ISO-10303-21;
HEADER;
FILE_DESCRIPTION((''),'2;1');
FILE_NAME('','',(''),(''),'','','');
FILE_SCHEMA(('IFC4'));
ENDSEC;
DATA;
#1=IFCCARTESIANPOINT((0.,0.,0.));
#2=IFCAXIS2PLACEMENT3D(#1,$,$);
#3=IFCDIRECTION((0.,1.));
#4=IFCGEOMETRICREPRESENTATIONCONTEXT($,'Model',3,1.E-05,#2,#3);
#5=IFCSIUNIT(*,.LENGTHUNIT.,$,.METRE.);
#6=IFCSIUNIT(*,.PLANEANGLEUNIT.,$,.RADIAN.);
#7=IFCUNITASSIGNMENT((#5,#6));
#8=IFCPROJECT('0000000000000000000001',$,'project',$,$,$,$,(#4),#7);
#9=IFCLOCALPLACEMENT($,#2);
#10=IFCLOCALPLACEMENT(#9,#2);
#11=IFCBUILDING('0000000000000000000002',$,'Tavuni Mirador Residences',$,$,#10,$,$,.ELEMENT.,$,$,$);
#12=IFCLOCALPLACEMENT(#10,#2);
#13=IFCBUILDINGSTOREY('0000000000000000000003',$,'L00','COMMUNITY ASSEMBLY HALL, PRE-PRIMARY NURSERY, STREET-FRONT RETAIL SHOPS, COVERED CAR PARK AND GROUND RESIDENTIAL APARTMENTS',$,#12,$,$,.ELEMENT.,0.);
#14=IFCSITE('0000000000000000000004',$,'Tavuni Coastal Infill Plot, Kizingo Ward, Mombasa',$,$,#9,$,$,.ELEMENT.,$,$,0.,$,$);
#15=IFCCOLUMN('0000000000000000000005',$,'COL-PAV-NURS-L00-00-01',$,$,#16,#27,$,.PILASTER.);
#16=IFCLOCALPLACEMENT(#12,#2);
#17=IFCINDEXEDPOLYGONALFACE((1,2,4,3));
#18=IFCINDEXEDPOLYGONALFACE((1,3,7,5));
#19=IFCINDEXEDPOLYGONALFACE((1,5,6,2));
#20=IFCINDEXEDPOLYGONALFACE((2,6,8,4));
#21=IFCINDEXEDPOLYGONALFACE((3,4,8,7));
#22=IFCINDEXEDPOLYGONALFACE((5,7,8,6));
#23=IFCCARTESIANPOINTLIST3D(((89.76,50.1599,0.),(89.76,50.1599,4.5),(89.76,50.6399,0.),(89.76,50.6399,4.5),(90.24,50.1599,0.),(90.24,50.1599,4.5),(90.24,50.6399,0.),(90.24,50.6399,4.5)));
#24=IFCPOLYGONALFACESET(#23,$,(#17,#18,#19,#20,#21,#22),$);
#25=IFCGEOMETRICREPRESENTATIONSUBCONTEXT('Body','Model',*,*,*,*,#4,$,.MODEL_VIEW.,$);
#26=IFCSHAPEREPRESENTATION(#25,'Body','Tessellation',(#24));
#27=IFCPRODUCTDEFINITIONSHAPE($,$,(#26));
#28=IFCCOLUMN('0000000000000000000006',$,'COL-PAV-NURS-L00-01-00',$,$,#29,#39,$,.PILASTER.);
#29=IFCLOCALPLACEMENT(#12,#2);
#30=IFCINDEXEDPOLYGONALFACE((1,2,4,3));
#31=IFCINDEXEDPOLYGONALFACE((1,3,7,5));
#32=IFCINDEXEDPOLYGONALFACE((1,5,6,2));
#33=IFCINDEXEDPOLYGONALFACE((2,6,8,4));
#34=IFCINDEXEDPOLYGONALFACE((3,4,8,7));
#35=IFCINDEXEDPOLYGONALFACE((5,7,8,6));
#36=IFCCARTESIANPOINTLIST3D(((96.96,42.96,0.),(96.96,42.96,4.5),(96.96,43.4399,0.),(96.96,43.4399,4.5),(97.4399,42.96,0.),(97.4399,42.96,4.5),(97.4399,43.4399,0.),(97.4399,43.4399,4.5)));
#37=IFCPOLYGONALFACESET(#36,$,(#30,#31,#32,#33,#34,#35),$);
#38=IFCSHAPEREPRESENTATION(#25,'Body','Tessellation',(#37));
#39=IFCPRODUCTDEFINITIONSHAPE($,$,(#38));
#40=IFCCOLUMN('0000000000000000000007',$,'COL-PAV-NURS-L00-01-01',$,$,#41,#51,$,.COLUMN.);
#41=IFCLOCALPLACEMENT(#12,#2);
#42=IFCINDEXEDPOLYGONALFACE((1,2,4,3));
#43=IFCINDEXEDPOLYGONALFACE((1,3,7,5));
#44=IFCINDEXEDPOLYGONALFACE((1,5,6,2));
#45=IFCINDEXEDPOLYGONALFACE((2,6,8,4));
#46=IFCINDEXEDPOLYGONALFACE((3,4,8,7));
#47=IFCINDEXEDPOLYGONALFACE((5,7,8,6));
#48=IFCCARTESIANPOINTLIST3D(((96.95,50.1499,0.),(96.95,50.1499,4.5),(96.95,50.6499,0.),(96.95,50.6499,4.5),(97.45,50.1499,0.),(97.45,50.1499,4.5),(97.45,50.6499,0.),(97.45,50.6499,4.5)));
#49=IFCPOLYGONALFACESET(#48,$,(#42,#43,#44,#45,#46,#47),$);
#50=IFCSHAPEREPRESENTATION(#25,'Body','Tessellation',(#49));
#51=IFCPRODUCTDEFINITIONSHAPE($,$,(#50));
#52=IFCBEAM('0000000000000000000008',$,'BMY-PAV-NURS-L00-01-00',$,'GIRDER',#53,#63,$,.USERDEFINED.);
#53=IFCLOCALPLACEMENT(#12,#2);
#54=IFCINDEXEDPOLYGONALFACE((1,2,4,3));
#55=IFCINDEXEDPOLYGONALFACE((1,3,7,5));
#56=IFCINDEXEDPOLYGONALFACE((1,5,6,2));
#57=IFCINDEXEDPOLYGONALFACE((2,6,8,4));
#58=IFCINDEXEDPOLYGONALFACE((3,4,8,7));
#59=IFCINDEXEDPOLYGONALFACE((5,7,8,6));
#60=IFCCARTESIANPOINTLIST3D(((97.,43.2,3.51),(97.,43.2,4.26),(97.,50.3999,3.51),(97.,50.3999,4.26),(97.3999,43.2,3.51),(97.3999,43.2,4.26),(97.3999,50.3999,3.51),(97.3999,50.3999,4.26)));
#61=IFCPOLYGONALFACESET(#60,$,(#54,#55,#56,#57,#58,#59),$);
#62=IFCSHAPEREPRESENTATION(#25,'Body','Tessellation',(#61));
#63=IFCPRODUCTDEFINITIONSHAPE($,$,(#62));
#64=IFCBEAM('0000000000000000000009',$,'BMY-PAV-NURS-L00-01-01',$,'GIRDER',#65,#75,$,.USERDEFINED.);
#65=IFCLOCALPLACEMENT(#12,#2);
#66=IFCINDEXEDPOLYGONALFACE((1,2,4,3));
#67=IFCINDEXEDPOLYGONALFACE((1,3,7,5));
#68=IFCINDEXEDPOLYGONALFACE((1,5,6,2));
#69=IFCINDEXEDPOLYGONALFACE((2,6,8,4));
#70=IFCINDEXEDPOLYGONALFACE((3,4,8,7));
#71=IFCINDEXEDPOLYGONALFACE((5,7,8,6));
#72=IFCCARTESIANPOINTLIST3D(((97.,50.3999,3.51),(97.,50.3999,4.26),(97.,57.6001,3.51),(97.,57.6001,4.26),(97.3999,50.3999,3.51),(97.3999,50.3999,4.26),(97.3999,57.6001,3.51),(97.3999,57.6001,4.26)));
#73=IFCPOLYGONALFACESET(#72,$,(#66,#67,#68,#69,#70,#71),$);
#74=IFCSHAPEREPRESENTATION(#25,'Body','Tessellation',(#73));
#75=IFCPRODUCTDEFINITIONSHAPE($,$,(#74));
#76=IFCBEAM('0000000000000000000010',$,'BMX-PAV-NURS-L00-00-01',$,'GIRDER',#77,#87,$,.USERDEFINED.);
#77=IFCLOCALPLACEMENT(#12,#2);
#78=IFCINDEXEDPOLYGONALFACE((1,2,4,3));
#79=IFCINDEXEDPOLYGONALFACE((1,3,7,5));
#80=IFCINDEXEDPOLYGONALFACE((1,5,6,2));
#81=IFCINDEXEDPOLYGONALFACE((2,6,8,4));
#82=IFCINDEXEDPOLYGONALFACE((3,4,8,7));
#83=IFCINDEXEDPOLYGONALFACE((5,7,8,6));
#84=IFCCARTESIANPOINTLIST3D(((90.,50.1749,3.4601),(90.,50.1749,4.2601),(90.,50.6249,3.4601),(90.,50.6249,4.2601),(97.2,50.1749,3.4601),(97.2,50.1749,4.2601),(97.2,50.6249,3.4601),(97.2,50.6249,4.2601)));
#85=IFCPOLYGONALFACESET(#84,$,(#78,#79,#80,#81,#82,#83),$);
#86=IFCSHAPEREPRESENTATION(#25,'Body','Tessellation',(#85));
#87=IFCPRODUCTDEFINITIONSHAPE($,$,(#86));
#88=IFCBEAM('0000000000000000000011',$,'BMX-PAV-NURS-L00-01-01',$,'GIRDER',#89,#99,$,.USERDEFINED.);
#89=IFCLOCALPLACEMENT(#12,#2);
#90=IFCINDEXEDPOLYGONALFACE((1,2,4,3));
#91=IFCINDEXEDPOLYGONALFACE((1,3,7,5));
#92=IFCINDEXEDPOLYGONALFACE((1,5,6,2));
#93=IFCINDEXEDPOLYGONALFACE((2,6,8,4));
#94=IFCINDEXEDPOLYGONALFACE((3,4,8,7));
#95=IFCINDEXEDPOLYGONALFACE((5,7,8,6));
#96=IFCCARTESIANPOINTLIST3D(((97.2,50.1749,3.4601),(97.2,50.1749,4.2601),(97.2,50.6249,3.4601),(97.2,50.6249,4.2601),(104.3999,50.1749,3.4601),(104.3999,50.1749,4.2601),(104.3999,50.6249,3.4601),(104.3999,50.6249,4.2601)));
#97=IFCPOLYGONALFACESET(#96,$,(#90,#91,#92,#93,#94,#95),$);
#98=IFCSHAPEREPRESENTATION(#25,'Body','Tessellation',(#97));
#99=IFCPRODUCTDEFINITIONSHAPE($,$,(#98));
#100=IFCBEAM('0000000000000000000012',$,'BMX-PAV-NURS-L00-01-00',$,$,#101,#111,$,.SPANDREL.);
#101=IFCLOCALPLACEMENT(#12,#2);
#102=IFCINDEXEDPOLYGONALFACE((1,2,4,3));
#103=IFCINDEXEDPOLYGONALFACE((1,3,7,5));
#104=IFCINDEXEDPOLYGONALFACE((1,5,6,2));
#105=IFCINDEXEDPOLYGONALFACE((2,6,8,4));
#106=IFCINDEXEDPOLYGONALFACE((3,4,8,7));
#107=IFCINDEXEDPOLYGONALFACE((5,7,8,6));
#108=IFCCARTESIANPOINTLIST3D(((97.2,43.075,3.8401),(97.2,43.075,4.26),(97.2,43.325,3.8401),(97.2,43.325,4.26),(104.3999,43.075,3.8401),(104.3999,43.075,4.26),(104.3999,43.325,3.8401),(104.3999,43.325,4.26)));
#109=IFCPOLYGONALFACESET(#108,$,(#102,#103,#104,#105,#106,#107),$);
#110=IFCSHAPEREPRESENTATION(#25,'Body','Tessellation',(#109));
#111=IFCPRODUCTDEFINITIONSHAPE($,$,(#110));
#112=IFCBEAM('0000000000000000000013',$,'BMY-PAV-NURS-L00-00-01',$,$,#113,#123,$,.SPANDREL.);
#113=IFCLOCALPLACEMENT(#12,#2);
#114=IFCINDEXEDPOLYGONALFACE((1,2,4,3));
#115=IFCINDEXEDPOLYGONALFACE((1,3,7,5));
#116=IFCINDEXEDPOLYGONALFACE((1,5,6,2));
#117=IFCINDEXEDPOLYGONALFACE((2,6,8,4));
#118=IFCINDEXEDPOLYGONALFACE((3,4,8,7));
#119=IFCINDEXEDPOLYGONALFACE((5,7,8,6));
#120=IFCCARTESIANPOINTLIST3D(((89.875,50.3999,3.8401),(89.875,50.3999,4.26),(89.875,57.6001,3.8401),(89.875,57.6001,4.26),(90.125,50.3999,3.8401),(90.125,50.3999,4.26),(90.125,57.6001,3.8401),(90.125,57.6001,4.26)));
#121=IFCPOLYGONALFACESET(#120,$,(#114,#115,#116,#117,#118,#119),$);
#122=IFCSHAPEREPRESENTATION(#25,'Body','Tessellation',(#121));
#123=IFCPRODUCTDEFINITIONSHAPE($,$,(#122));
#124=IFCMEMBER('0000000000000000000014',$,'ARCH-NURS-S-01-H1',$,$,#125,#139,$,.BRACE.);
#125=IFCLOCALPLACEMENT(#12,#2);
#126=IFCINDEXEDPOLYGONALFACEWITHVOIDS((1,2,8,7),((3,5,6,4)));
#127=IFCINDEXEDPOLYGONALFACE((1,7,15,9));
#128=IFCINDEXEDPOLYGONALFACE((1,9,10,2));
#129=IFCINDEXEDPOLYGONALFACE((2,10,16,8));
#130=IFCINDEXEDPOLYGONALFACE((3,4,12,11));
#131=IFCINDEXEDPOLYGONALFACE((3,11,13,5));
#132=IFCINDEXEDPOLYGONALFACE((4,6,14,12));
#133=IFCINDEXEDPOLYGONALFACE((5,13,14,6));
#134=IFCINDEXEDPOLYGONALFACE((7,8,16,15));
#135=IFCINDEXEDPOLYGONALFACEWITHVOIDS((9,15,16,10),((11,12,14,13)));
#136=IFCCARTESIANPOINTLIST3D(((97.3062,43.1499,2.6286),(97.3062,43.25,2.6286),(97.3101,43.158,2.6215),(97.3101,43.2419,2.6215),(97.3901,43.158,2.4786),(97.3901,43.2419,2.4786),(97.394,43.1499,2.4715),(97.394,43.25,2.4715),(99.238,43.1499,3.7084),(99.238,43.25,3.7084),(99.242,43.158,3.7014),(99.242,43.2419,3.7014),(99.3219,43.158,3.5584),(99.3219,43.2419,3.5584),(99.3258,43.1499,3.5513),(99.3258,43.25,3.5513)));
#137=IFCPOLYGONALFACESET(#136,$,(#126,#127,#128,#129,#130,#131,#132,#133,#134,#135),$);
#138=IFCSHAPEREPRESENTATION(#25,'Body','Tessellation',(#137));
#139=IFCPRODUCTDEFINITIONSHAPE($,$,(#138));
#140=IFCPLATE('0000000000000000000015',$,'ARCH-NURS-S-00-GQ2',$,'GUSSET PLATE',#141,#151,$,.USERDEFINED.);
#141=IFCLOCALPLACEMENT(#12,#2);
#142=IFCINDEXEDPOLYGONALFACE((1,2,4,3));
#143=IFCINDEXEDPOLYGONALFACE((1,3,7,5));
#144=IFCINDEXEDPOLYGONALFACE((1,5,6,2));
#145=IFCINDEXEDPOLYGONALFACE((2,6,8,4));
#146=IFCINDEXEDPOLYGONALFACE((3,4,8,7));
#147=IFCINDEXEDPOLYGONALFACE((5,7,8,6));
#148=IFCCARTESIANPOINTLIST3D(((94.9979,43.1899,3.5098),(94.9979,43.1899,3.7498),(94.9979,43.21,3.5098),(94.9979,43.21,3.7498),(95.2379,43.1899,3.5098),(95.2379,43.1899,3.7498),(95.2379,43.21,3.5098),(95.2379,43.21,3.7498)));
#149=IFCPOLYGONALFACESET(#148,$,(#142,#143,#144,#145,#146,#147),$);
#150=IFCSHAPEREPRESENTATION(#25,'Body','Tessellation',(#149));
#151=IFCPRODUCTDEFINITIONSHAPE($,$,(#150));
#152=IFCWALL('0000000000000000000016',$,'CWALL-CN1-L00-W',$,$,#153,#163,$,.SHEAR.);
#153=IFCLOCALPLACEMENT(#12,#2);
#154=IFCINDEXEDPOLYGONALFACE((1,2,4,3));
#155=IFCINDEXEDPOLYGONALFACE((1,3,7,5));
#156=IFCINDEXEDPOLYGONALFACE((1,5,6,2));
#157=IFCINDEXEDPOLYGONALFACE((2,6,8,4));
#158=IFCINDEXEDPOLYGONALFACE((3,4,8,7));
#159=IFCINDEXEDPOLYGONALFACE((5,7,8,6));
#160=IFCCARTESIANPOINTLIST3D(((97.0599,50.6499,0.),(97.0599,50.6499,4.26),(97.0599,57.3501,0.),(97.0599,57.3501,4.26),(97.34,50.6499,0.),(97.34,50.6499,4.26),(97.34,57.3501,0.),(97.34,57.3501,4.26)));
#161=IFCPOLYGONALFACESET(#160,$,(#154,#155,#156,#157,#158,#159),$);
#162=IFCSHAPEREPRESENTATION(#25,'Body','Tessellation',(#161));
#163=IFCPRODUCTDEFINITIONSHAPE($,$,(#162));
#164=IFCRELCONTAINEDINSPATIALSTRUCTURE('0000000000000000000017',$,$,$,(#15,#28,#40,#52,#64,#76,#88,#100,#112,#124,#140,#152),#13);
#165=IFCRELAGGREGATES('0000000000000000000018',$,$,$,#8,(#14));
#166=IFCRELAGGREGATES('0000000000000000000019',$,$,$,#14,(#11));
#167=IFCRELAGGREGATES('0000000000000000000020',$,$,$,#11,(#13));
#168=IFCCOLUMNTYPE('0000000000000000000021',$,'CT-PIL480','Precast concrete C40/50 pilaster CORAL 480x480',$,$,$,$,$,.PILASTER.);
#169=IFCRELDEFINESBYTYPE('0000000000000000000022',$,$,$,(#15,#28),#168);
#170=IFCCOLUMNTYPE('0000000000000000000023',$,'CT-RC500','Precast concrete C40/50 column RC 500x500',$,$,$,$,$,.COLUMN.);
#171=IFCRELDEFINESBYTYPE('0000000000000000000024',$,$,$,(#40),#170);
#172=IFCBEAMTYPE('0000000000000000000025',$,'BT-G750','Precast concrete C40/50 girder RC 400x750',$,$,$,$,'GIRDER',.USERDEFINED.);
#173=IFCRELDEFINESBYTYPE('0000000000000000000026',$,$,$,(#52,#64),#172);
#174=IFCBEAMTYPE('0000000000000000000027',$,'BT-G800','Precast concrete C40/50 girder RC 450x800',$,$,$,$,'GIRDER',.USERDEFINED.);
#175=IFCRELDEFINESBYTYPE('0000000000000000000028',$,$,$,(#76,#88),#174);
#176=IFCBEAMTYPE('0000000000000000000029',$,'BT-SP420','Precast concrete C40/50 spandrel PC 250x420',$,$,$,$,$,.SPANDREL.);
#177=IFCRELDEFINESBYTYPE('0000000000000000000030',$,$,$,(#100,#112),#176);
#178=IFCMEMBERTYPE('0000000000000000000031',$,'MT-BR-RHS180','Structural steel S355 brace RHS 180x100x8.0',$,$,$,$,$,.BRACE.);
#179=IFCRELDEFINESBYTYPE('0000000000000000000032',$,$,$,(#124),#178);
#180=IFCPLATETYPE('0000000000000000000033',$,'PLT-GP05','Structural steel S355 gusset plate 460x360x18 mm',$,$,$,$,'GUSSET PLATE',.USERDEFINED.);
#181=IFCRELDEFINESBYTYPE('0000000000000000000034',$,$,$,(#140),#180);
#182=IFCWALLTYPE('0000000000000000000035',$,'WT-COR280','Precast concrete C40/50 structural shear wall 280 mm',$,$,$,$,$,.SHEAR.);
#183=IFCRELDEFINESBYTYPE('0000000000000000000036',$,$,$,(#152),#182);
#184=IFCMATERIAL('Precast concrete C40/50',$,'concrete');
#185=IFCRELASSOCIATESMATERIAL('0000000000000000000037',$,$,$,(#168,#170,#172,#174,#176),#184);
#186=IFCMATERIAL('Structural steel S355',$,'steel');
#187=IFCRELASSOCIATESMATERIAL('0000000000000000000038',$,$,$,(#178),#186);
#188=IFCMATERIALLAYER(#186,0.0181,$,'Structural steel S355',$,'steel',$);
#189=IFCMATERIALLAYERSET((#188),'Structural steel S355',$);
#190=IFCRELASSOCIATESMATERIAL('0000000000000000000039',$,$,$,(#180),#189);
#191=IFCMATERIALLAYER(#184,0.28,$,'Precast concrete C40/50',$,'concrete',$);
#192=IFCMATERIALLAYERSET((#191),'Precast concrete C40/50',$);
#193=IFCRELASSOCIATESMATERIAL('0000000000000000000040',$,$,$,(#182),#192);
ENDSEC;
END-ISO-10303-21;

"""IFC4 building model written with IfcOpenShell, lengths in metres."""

from ifc_helpers import new_model, si_unit, direction, frame, frame_2d, origin, origin_2d, place, context, subcontext, project, spatial, rectangle, hollow_rectangle, extrude, material, layer, layer_set, material_profile, profile_set, type_object, element, save


model = new_model("IFC4")

# Units and contexts
model_context = context("Model", 3, precision=1e-05, world=origin(), true_north=direction((0.0, 1.0)))
body_context = subcontext(model_context, "Body", "Model", "MODEL_VIEW")
ifc_project = project(units=[si_unit("LENGTHUNIT", "METRE"), si_unit("PLANEANGLEUNIT", "RADIAN")], contexts=[model_context])

# Site, building, storey
site_placement = place(None, origin())
site = spatial("IfcSite", under=ifc_project, at=site_placement, Name="Tavuni Coastal Infill Plot, Kizingo Ward, Mombasa", CompositionType="ELEMENT", RefElevation=0.0)
building_placement = place(site_placement, origin())
building = spatial("IfcBuilding", under=site, at=building_placement, Name="Tavuni Mirador Residences", CompositionType="ELEMENT")
storey_placement = place(building_placement, origin())
storey = spatial("IfcBuildingStorey", under=building, at=storey_placement, Name="L00", Description="COMMUNITY ASSEMBLY HALL, PRE-PRIMARY NURSERY, STREET-FRONT RETAIL SHOPS, COVERED CAR PARK AND GROUND RESIDENTIAL APARTMENTS", CompositionType="ELEMENT", Elevation=0.0)

# Columns
ifc_material_1 = material(Name="Precast concrete C40/50", Category="concrete")
ifc_material_profile_1 = material_profile(ifc_material_1, rectangle(XDim=0.48, YDim=0.48, at=origin_2d()), Name="CORAL 480x480", Category="concrete")
ifc_profile_set_1 = profile_set([ifc_material_profile_1], Name="Precast concrete C40/50")
column_type_1 = type_object("IfcColumnType", Name="CT-PIL480", Description="Precast concrete C40/50 pilaster CORAL 480x480", PredefinedType="PILASTER", material=ifc_profile_set_1)
for number, where, z_axis, x_axis, name in (
    (1, (90.0, 50.3999, 0.0), (0.0, 0.0, 1.0), (1.0, 0.0, 0.0), "COL-PAV-NURS-L00-00-01"),
    (2, (97.2, 43.2, 0.0), (0.0, 0.0, 1.0), (1.0, 0.0, 0.0), "COL-PAV-NURS-L00-01-00"),
):
    element("IfcColumn", number, at=place(storey_placement, frame(where, z_axis=z_axis, x_axis=x_axis)), inside=storey, type_object=column_type_1, Name=name, PredefinedType="PILASTER", context=body_context, shape_type="SweptSolid", body=[
        extrude(rectangle(XDim=0.48, YDim=0.48, at=origin_2d()), origin(), (0.0, 0.0, 1.0), 4.5),
    ])
ifc_material_profile_2 = material_profile(ifc_material_1, rectangle(XDim=0.5, YDim=0.5, at=origin_2d()), Name="RC 500x500", Category="concrete")
ifc_profile_set_2 = profile_set([ifc_material_profile_2], Name="Precast concrete C40/50")
column_type_2 = type_object("IfcColumnType", Name="CT-RC500", Description="Precast concrete C40/50 column RC 500x500", PredefinedType="COLUMN", material=ifc_profile_set_2)
column_placement = place(storey_placement, frame((97.2, 50.3999, 0.0), z_axis=(0.0, 0.0, 1.0), x_axis=(1.0, 0.0, 0.0)))
element("IfcColumn", 3, at=column_placement, inside=storey, type_object=column_type_2, Name="COL-PAV-NURS-L00-01-01", PredefinedType="COLUMN", context=body_context, shape_type="SweptSolid", body=[
    extrude(rectangle(XDim=0.5, YDim=0.5, at=origin_2d()), origin(), (0.0, 0.0, 1.0), 4.5),
])

# Beams
ifc_material_profile_3 = material_profile(ifc_material_1, rectangle(XDim=0.3999, YDim=0.75, at=origin_2d()), Name="RC 400x750", Category="concrete")
ifc_profile_set_3 = profile_set([ifc_material_profile_3], Name="Precast concrete C40/50")
beam_type_1 = type_object("IfcBeamType", Name="BT-G750", Description="Precast concrete C40/50 girder RC 400x750", ElementType="GIRDER", PredefinedType="USERDEFINED", material=ifc_profile_set_3)
beam_1_placement = place(storey_placement, frame((97.2, 43.2, 3.885), z_axis=(0.0, 1.0, 0.0), x_axis=(-1.0, 0.0, 0.0)))
element("IfcBeam", 4, at=beam_1_placement, inside=storey, type_object=beam_type_1, Name="BMY-PAV-NURS-L00-01-00", ObjectType="GIRDER", PredefinedType="USERDEFINED", context=body_context, shape_type="SweptSolid", body=[
    extrude(rectangle(XDim=0.3999, YDim=0.75, at=origin_2d()), origin(), (0.0, 0.0, 1.0), 7.2),
])
beam_2_placement = place(storey_placement, frame((97.2, 50.3999, 3.885), z_axis=(0.0, 1.0, 0.0), x_axis=(-1.0, 0.0, 0.0)))
element("IfcBeam", 5, at=beam_2_placement, inside=storey, type_object=beam_type_1, Name="BMY-PAV-NURS-L00-01-01", ObjectType="GIRDER", PredefinedType="USERDEFINED", context=body_context, shape_type="SweptSolid", body=[
    extrude(rectangle(XDim=0.3999, YDim=0.75, at=origin_2d()), origin(), (0.0, 0.0, 1.0), 7.2002),
])
ifc_material_profile_4 = material_profile(ifc_material_1, rectangle(XDim=0.45, YDim=0.8, at=origin_2d()), Name="RC 450x800", Category="concrete")
ifc_profile_set_4 = profile_set([ifc_material_profile_4], Name="Precast concrete C40/50")
beam_type_2 = type_object("IfcBeamType", Name="BT-G800", Description="Precast concrete C40/50 girder RC 450x800", ElementType="GIRDER", PredefinedType="USERDEFINED", material=ifc_profile_set_4)
for number, where, z_axis, x_axis, name in (
    (6, (90.0, 50.3999, 3.8601), (1.0, 0.0, 0.0), (0.0, 1.0, 0.0), "BMX-PAV-NURS-L00-00-01"),
    (7, (97.2, 50.3999, 3.8601), (1.0, 0.0, 0.0), (0.0, 1.0, 0.0), "BMX-PAV-NURS-L00-01-01"),
):
    element("IfcBeam", number, at=place(storey_placement, frame(where, z_axis=z_axis, x_axis=x_axis)), inside=storey, type_object=beam_type_2, Name=name, ObjectType="GIRDER", PredefinedType="USERDEFINED", context=body_context, shape_type="SweptSolid", body=[
        extrude(rectangle(XDim=0.45, YDim=0.8, at=origin_2d()), origin(), (0.0, 0.0, 1.0), 7.2),
    ])
ifc_material_profile_5 = material_profile(ifc_material_1, rectangle(XDim=0.25, YDim=0.4199, at=origin_2d()), Name="PC 250x420", Category="concrete")
ifc_profile_set_5 = profile_set([ifc_material_profile_5], Name="Precast concrete C40/50")
beam_type_3 = type_object("IfcBeamType", Name="BT-SP420", Description="Precast concrete C40/50 spandrel PC 250x420", PredefinedType="SPANDREL", material=ifc_profile_set_5)
beam_3_placement = place(storey_placement, frame((97.2, 43.2, 4.05), z_axis=(1.0, 0.0, 0.0), x_axis=(0.0, 1.0, 0.0)))
element("IfcBeam", 8, at=beam_3_placement, inside=storey, type_object=beam_type_3, Name="BMX-PAV-NURS-L00-01-00", PredefinedType="SPANDREL", context=body_context, shape_type="SweptSolid", body=[
    extrude(rectangle(XDim=0.25, YDim=0.4199, at=origin_2d()), origin(), (0.0, 0.0, 1.0), 7.2),
])
beam_4_placement = place(storey_placement, frame((90.0, 50.3999, 4.05), z_axis=(0.0, 1.0, 0.0), x_axis=(-1.0, 0.0, 0.0)))
element("IfcBeam", 9, at=beam_4_placement, inside=storey, type_object=beam_type_3, Name="BMY-PAV-NURS-L00-00-01", PredefinedType="SPANDREL", context=body_context, shape_type="SweptSolid", body=[
    extrude(rectangle(XDim=0.25, YDim=0.4199, at=origin_2d()), origin(), (0.0, 0.0, 1.0), 7.2002),
])

# Member
ifc_material_2 = material(Name="Structural steel S355", Category="steel")
ifc_material_profile_6 = material_profile(ifc_material_2, hollow_rectangle(XDim=0.1001, YDim=0.1799, WallThickness=0.0081, at=origin_2d()), Name="RHS 180x100x8.0", Category="steel")
ifc_profile_set_6 = profile_set([ifc_material_profile_6], Name="Structural steel S355")
member_type = type_object("IfcMemberType", Name="MT-BR-RHS180", Description="Structural steel S355 brace RHS 180x100x8.0", PredefinedType="BRACE", material=ifc_profile_set_6)
member_placement = place(storey_placement, frame((97.3501, 43.2, 2.55), z_axis=(0.872895, 0.0, 0.487908), x_axis=(0.0, 1.0, 0.0)))
element("IfcMember", 10, at=member_placement, inside=storey, type_object=member_type, Name="ARCH-NURS-S-01-H1", PredefinedType="BRACE", context=body_context, shape_type="SweptSolid", body=[
    extrude(hollow_rectangle(XDim=0.1001, YDim=0.1799, WallThickness=0.0081, at=origin_2d()), origin(), (0.0, 0.0, 1.0), 2.2131),
])

# Plate
ifc_layer_1 = layer(ifc_material_2, 0.0181, Name="Structural steel S355", Category="steel")
ifc_layer_set_1 = layer_set([ifc_layer_1], Name="Structural steel S355")
plate_type = type_object("IfcPlateType", Name="PLT-GP05", Description="Structural steel S355 gusset plate 460x360x18 mm", ElementType="GUSSET PLATE", PredefinedType="USERDEFINED", material=ifc_layer_set_1)
plate_placement = place(storey_placement, frame((95.1179, 43.2, 3.5098), z_axis=(0.0, 0.0, 1.0), x_axis=(1.0, 0.0, 0.0)))
element("IfcPlate", 11, at=plate_placement, inside=storey, type_object=plate_type, Name="ARCH-NURS-S-00-GQ2", ObjectType="GUSSET PLATE", PredefinedType="USERDEFINED", context=body_context, shape_type="SweptSolid", body=[
    extrude(rectangle(XDim=0.24, YDim=0.02, at=origin_2d()), origin(), (0.0, 0.0, 1.0), 0.24),
])

# Wall
ifc_layer_2 = layer(ifc_material_1, 0.28, Name="Precast concrete C40/50", Category="concrete")
ifc_layer_set_2 = layer_set([ifc_layer_2], Name="Precast concrete C40/50")
wall_type_1 = type_object("IfcWallType", Name="WT-COR280", Description="Precast concrete C40/50 structural shear wall 280 mm", PredefinedType="SHEAR", material=ifc_layer_set_2)
wall_1_placement = place(storey_placement, frame((97.2, 50.6499, 0.0), z_axis=(0.0, 0.0, 1.0), x_axis=(0.0, 1.0, 0.0)))
element("IfcWall", 12, at=wall_1_placement, inside=storey, type_object=wall_type_1, Name="CWALL-CN1-L00-W", PredefinedType="SHEAR", context=body_context, shape_type="SweptSolid", body=[
    extrude(rectangle(XDim=6.7002, YDim=0.28, at=frame_2d((3.3501, 0.0))), origin(), (0.0, 0.0, 1.0), 4.26),
])

save(model, "model.ifc")
